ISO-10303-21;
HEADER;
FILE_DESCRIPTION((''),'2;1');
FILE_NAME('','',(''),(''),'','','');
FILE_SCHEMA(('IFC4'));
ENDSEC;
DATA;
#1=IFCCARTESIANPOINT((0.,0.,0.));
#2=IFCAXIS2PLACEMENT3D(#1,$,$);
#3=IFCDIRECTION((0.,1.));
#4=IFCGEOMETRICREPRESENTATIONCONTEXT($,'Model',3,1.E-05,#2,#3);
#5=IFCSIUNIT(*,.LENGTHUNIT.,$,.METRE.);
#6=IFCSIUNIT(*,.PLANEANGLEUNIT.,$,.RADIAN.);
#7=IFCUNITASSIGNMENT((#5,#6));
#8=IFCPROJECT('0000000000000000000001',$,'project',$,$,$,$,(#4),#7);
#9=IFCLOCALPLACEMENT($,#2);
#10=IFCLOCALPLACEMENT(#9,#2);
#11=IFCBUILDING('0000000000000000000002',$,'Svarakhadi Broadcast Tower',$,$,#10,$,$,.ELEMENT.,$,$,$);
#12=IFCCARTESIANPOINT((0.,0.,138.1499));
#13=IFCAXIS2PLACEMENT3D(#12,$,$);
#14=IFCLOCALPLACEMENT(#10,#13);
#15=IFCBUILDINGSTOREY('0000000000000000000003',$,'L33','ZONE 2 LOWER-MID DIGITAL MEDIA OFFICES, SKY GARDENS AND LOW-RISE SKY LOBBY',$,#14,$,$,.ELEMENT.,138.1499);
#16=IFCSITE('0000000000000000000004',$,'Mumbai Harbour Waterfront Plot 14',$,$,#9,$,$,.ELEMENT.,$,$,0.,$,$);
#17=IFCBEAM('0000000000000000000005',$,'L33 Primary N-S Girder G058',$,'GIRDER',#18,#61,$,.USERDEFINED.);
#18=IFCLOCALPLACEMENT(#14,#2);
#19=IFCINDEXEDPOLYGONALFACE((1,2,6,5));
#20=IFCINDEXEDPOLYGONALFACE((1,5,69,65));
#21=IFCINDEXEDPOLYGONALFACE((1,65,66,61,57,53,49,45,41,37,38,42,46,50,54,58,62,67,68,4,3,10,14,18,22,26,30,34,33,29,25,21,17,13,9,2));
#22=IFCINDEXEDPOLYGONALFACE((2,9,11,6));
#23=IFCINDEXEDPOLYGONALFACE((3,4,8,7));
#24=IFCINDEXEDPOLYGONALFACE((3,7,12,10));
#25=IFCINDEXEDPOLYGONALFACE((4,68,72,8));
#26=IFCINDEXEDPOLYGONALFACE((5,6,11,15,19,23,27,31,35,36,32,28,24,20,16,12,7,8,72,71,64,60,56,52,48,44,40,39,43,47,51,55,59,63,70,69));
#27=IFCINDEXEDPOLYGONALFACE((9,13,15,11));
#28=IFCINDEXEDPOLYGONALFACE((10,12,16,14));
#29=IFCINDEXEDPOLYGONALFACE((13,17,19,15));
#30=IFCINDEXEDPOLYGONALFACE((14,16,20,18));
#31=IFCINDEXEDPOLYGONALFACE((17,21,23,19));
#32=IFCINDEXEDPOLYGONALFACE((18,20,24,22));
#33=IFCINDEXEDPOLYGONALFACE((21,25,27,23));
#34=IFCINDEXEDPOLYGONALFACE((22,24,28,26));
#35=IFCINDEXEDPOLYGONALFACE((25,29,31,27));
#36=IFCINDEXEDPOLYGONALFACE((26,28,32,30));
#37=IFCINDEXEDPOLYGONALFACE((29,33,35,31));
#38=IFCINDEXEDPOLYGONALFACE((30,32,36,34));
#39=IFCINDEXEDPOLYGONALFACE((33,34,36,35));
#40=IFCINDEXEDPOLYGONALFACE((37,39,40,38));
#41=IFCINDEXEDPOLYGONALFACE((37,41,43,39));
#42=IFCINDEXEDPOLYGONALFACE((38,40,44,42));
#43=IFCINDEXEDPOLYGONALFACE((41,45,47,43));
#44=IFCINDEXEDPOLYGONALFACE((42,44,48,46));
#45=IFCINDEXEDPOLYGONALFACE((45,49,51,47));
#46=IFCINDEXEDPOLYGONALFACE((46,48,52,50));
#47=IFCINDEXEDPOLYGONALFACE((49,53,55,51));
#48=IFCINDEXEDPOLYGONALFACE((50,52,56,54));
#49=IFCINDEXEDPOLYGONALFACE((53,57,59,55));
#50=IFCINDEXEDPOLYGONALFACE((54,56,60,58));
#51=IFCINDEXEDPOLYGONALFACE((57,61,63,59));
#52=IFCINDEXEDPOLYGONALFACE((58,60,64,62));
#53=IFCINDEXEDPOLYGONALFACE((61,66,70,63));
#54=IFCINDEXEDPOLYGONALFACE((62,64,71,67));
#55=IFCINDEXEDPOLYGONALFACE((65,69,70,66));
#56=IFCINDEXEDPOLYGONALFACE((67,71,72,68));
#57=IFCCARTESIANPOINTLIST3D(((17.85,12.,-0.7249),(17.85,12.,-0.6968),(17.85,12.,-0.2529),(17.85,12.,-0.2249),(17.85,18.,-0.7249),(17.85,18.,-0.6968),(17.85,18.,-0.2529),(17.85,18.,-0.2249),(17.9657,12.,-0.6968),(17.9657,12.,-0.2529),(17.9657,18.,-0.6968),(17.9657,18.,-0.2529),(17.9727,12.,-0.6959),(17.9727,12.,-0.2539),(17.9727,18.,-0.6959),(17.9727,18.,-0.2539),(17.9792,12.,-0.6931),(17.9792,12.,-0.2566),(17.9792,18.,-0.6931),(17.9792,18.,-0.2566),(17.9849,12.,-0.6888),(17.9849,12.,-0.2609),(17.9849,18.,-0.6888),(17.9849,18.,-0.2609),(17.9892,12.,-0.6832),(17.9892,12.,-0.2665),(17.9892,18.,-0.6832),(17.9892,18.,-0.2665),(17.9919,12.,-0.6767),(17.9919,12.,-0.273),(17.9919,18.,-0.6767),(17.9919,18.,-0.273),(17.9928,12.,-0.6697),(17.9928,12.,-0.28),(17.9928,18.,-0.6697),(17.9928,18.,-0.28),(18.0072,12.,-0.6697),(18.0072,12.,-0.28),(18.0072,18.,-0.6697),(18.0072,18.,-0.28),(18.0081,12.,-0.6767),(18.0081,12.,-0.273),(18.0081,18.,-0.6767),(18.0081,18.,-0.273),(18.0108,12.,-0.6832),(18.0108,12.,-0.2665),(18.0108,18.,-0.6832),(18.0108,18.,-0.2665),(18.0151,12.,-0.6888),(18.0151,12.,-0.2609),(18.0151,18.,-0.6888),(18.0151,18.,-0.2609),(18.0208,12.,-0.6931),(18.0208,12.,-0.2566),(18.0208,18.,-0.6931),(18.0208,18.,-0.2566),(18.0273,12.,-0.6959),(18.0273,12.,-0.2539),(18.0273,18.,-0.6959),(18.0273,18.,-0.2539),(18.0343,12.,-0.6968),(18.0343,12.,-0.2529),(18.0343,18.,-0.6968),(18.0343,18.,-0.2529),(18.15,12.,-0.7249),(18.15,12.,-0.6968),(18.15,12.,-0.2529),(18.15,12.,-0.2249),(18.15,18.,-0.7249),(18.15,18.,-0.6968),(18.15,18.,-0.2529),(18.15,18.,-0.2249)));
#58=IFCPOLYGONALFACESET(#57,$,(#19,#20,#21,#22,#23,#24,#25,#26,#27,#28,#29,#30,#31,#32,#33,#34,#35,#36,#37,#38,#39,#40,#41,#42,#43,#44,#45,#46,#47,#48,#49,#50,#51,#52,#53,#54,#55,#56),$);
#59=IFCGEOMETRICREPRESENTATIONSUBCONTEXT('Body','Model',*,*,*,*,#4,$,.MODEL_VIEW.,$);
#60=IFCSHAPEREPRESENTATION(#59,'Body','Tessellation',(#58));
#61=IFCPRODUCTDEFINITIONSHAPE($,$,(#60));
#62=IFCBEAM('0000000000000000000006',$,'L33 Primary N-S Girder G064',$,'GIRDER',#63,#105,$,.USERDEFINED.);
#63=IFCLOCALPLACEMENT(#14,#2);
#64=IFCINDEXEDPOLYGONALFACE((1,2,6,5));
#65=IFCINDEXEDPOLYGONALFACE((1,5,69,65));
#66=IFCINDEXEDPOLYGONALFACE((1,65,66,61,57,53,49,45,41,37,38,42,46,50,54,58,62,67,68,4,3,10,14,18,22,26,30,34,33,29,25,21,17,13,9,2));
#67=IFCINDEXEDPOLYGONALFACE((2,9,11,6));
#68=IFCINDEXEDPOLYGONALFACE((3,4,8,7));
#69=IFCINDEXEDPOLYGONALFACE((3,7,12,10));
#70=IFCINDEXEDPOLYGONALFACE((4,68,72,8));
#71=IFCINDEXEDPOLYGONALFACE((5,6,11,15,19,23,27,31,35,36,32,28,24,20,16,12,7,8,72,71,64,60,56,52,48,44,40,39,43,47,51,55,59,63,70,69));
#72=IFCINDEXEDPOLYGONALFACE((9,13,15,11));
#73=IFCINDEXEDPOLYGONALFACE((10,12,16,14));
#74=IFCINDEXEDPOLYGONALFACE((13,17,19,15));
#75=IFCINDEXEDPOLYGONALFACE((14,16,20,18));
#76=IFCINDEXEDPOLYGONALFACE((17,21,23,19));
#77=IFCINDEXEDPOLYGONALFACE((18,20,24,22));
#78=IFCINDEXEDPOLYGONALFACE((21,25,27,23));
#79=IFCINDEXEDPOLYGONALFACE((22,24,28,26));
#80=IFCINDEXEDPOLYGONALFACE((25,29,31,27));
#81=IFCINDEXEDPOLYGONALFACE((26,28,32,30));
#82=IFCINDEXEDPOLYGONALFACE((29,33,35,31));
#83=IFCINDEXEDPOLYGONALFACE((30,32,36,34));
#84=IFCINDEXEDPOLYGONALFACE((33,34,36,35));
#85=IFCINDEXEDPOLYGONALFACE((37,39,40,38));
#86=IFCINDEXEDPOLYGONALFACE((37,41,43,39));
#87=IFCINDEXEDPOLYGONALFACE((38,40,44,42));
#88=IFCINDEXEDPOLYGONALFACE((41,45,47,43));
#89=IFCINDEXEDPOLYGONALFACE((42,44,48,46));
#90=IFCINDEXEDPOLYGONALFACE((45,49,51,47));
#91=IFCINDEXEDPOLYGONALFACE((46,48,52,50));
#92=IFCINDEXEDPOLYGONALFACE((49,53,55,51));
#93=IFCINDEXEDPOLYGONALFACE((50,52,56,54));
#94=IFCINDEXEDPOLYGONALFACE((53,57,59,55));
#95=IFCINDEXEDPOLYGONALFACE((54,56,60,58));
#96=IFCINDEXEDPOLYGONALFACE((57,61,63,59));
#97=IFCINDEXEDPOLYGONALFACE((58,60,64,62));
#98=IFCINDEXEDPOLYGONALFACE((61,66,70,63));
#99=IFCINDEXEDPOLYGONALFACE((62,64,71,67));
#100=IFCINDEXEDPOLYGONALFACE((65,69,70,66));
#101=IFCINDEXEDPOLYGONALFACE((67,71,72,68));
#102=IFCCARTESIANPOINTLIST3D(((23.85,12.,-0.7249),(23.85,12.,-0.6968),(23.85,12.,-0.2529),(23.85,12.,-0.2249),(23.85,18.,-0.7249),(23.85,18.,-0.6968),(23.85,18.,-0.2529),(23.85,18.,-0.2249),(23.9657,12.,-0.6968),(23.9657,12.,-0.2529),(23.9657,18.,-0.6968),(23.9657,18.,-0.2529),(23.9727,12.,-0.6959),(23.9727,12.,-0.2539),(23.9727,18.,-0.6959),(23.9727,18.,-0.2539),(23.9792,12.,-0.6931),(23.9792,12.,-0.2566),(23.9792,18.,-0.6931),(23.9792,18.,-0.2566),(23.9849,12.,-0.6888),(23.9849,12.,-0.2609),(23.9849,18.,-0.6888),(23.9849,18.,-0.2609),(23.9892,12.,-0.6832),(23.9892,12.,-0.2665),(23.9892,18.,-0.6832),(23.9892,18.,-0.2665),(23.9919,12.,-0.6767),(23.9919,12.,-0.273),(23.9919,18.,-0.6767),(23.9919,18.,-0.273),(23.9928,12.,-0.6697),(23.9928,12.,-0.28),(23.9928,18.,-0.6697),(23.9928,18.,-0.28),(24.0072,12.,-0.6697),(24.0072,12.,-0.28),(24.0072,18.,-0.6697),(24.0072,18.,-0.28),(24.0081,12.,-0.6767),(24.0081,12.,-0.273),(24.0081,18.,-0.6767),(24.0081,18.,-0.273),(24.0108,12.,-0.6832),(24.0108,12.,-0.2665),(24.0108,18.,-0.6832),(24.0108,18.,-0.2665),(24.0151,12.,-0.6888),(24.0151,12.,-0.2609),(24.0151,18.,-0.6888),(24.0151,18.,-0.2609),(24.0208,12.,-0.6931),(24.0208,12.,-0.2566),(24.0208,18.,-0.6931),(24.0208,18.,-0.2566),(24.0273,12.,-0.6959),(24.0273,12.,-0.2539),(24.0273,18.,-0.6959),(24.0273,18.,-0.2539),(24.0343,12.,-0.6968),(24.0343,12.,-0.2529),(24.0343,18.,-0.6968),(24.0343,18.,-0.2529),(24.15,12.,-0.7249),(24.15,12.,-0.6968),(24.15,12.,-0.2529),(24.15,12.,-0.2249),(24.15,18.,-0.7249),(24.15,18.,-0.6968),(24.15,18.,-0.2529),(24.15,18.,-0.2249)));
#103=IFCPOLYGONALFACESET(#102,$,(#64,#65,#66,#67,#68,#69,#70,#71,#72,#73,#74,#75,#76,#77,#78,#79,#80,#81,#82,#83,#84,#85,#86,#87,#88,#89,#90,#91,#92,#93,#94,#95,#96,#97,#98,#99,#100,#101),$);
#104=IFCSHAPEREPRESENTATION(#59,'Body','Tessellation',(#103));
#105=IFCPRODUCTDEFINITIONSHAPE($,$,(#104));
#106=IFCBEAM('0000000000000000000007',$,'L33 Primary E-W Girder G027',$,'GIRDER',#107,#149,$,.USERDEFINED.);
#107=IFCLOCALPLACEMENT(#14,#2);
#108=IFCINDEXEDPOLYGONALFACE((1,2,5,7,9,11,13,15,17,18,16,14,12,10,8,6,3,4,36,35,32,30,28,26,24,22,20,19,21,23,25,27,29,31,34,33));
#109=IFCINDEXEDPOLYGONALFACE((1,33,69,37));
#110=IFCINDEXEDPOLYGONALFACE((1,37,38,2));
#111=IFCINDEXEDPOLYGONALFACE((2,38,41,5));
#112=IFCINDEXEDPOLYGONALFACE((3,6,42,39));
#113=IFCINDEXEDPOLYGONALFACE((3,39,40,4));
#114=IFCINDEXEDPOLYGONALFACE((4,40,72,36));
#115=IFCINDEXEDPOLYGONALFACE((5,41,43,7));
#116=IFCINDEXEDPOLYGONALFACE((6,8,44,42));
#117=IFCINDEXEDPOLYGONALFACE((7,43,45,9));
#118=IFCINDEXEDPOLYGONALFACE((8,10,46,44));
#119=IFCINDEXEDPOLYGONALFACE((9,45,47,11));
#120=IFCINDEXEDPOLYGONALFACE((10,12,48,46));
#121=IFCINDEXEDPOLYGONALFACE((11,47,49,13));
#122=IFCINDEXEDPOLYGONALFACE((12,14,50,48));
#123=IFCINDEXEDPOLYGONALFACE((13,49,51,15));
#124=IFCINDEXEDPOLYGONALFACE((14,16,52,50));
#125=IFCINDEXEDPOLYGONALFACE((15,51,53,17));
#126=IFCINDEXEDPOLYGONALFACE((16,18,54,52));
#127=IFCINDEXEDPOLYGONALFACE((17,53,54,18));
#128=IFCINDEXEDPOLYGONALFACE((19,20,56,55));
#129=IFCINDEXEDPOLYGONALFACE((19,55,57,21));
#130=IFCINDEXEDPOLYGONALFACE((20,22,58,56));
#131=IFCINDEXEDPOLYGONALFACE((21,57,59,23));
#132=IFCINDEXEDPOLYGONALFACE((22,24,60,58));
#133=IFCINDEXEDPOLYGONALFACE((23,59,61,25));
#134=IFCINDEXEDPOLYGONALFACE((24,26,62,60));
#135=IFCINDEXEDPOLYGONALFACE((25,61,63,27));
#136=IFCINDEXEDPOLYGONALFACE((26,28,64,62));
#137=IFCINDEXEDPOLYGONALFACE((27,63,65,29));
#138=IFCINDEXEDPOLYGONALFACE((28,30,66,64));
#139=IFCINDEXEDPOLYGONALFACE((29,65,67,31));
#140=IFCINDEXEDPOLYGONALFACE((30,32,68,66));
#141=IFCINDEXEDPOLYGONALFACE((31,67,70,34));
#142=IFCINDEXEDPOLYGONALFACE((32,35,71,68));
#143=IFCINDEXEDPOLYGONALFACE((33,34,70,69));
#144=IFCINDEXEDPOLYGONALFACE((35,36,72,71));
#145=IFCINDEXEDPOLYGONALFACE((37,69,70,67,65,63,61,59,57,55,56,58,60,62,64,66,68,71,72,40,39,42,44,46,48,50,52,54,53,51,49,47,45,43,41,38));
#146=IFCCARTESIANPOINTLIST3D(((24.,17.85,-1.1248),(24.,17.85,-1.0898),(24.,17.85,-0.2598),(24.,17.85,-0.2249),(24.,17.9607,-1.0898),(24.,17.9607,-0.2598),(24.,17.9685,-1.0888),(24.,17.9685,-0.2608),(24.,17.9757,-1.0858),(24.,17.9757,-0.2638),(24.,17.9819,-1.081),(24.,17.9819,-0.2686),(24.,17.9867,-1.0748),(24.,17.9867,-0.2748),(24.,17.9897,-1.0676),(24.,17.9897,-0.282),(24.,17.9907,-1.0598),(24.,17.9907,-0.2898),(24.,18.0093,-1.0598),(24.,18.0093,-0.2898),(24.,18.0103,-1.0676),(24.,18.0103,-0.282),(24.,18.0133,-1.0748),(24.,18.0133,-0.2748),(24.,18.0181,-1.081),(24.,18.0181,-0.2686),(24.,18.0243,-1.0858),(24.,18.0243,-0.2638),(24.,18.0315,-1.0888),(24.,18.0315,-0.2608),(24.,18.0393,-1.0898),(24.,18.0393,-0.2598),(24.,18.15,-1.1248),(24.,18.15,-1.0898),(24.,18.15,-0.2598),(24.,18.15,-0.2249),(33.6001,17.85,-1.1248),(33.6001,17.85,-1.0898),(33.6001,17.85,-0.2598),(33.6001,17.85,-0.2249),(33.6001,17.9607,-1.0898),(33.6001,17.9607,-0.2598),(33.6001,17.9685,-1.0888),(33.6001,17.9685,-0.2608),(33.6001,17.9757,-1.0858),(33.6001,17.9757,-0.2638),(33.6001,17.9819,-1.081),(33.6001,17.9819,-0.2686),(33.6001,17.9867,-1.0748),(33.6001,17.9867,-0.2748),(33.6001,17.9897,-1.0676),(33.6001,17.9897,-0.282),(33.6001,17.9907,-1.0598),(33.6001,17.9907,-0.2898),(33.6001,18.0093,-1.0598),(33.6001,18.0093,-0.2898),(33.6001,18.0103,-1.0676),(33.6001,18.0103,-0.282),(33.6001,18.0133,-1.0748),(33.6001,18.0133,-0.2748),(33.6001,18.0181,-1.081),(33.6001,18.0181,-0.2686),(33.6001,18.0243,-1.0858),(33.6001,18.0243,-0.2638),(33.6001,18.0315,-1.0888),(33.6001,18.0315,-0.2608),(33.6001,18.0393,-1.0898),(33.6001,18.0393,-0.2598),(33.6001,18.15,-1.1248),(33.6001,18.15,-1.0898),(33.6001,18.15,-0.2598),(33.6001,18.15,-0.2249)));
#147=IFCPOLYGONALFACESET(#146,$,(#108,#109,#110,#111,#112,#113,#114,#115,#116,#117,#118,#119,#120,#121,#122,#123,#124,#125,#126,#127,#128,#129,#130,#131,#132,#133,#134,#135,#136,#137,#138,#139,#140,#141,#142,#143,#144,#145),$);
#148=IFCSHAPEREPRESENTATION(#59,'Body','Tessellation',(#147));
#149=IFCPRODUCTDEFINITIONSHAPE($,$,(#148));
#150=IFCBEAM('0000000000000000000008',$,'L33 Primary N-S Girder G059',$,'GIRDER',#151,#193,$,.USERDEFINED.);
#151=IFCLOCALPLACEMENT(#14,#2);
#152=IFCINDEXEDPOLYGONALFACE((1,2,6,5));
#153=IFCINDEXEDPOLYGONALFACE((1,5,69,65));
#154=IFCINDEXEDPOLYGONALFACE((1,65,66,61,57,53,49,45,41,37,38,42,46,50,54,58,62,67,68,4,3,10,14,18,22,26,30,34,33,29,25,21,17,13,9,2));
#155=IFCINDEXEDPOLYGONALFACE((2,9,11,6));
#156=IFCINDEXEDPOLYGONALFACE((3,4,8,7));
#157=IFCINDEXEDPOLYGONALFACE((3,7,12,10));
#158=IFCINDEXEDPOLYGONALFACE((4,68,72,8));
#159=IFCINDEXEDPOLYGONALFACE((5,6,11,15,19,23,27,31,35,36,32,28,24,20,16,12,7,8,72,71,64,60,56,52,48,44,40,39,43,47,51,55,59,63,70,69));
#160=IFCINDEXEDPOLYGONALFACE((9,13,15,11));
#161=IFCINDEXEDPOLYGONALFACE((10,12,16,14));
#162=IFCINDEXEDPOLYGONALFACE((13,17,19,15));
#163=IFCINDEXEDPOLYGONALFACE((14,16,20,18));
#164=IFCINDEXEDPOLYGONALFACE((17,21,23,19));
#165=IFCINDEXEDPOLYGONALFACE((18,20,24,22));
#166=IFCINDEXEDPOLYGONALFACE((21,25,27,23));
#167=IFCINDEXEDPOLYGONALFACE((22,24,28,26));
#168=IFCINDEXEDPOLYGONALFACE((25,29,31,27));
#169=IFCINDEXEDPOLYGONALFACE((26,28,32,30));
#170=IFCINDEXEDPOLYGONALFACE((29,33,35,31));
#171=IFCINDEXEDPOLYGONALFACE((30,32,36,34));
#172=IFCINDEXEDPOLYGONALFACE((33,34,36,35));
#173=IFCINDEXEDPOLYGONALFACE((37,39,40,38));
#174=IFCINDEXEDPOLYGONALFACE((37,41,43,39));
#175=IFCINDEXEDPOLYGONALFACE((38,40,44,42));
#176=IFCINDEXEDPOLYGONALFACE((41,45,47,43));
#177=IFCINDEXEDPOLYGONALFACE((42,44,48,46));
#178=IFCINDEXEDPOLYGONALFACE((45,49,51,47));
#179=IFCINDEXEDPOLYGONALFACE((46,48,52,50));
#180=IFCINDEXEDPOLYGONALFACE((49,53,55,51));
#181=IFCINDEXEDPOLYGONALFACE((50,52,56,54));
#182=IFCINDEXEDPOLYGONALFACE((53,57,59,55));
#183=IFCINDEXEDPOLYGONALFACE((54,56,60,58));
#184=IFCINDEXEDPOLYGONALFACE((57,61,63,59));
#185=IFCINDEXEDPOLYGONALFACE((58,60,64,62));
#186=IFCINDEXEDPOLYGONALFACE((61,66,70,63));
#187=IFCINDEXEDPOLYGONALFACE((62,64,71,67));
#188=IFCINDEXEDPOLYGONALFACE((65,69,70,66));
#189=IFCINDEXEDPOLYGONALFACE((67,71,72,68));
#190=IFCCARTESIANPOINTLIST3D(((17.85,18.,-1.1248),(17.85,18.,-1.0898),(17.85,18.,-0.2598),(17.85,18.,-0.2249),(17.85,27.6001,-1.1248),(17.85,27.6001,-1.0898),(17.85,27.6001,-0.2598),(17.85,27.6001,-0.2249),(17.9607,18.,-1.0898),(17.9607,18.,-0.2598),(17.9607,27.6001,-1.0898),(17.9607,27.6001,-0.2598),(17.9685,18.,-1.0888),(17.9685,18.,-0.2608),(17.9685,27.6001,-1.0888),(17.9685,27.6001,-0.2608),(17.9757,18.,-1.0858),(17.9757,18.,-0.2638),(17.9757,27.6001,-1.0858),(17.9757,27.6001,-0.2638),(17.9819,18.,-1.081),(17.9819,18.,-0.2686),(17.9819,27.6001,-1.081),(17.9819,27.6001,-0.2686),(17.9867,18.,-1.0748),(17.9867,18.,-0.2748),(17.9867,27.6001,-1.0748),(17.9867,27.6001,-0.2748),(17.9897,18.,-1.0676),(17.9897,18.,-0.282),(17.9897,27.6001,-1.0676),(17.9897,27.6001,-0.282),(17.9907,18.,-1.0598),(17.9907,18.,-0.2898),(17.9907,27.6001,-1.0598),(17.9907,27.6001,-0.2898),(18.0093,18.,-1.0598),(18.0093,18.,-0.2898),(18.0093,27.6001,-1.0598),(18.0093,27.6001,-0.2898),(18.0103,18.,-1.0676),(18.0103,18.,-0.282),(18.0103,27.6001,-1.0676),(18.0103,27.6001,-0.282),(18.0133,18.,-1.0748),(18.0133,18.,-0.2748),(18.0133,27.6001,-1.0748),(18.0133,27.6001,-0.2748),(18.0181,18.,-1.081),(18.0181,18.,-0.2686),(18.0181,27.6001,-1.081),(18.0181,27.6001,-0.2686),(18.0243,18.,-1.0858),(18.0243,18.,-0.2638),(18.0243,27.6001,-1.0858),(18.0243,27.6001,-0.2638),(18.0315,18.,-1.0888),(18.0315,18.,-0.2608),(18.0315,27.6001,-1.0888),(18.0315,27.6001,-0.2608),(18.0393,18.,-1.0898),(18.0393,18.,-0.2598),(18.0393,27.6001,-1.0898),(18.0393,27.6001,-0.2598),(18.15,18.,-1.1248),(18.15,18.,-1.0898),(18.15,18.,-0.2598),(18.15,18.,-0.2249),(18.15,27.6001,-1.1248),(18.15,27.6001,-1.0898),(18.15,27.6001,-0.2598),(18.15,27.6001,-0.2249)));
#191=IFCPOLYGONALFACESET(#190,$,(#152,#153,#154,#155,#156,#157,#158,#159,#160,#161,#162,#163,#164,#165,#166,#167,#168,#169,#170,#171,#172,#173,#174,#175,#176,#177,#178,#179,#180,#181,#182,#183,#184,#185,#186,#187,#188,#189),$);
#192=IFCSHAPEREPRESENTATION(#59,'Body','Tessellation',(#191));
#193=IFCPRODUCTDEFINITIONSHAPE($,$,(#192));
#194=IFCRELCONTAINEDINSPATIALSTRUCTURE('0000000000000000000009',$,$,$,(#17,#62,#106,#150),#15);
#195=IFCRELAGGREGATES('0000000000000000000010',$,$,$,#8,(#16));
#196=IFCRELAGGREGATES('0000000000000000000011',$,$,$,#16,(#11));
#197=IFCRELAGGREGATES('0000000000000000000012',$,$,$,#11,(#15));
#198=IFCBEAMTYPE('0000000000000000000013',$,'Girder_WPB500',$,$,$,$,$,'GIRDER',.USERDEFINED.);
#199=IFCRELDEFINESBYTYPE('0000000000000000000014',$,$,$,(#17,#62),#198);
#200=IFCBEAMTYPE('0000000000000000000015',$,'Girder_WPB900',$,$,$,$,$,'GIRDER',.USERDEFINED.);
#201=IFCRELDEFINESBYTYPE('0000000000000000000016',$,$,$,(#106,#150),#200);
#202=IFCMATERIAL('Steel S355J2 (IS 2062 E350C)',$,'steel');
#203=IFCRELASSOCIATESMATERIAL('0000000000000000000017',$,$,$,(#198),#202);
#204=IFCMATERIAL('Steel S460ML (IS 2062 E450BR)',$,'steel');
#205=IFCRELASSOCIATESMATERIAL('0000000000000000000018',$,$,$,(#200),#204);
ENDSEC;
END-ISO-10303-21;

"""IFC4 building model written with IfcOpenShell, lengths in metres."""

from ifc_helpers import new_model, si_unit, direction, frame, origin, origin_2d, place, context, subcontext, project, spatial, i_section, extrude, material, material_profile, profile_set, type_object, element, save


model = new_model("IFC4")

# Units and contexts
model_context = context("Model", 3, precision=1e-05, world=origin(), true_north=direction((0.0, 1.0)))
body_context = subcontext(model_context, "Body", "Model", "MODEL_VIEW")
ifc_project = project(units=[si_unit("LENGTHUNIT", "METRE"), si_unit("PLANEANGLEUNIT", "RADIAN")], contexts=[model_context])

# Site, building, storey
site_placement = place(None, origin())
site = spatial("IfcSite", under=ifc_project, at=site_placement, Name="Mumbai Harbour Waterfront Plot 14", CompositionType="ELEMENT", RefElevation=0.0)
building_placement = place(site_placement, origin())
building = spatial("IfcBuilding", under=site, at=building_placement, Name="Svarakhadi Broadcast Tower", CompositionType="ELEMENT")
storey_placement = place(building_placement, frame((0.0, 0.0, 138.1499)))
storey = spatial("IfcBuildingStorey", under=building, at=storey_placement, Name="L33", Description="ZONE 2 LOWER-MID DIGITAL MEDIA OFFICES, SKY GARDENS AND LOW-RISE SKY LOBBY", CompositionType="ELEMENT", Elevation=138.1499)

# Beams
ifc_material_1 = material(Name="Steel S355J2 (IS 2062 E350C)", Category="steel")
ifc_material_profile_1 = material_profile(ifc_material_1, i_section(OverallWidth=0.3, OverallDepth=0.5, WebThickness=0.0144, FlangeThickness=0.0281, FilletRadius=0.0271, at=origin_2d()), Name="WPB 500x300x187")
ifc_profile_set_1 = profile_set([ifc_material_profile_1], Name="Steel S355J2 (IS 2062 E350C)")
beam_type_1 = type_object("IfcBeamType", Name="Girder_WPB500", ElementType="GIRDER", PredefinedType="USERDEFINED", material=ifc_profile_set_1)
for number, where, z_axis, x_axis, name in (
    (1, (18.0, 12.0, -0.4749), (0.0, 1.0, 0.0), (-1.0, 0.0, 0.0), "L33 Primary N-S Girder G058"),
    (2, (24.0, 12.0, -0.4749), (0.0, 1.0, 0.0), (-1.0, 0.0, 0.0), "L33 Primary N-S Girder G064"),
):
    element("IfcBeam", number, at=place(storey_placement, frame(where, z_axis=z_axis, x_axis=x_axis)), inside=storey, type_object=beam_type_1, Name=name, ObjectType="GIRDER", PredefinedType="USERDEFINED", context=body_context, shape_type="SweptSolid", body=[
        extrude(i_section(OverallWidth=0.3, OverallDepth=0.5, WebThickness=0.0144, FlangeThickness=0.0281, FilletRadius=0.0271, at=origin_2d()), origin(), (0.0, 0.0, 1.0), 6.0),
    ])
ifc_material_2 = material(Name="Steel S460ML (IS 2062 E450BR)", Category="steel")
ifc_material_profile_2 = material_profile(ifc_material_2, i_section(OverallWidth=0.3, OverallDepth=0.8999, WebThickness=0.0186, FlangeThickness=0.0349, FilletRadius=0.03, at=origin_2d()), Name="WPB 900x300x291")
ifc_profile_set_2 = profile_set([ifc_material_profile_2], Name="Steel S460ML (IS 2062 E450BR)")
beam_type_2 = type_object("IfcBeamType", Name="Girder_WPB900", ElementType="GIRDER", PredefinedType="USERDEFINED", material=ifc_profile_set_2)
for number, where, z_axis, x_axis, name in (
    (3, (24.0, 18.0, -0.6748), (1.0, 0.0, 0.0), (0.0, 1.0, 0.0), "L33 Primary E-W Girder G027"),
    (4, (18.0, 18.0, -0.6748), (0.0, 1.0, 0.0), (-1.0, 0.0, 0.0), "L33 Primary N-S Girder G059"),
):
    element("IfcBeam", number, at=place(storey_placement, frame(where, z_axis=z_axis, x_axis=x_axis)), inside=storey, type_object=beam_type_2, Name=name, ObjectType="GIRDER", PredefinedType="USERDEFINED", context=body_context, shape_type="SweptSolid", body=[
        extrude(i_section(OverallWidth=0.3, OverallDepth=0.8999, WebThickness=0.0186, FlangeThickness=0.0349, FilletRadius=0.03, at=origin_2d()), origin(), (0.0, 0.0, 1.0), 9.6001),
    ])

save(model, "model.ifc")
